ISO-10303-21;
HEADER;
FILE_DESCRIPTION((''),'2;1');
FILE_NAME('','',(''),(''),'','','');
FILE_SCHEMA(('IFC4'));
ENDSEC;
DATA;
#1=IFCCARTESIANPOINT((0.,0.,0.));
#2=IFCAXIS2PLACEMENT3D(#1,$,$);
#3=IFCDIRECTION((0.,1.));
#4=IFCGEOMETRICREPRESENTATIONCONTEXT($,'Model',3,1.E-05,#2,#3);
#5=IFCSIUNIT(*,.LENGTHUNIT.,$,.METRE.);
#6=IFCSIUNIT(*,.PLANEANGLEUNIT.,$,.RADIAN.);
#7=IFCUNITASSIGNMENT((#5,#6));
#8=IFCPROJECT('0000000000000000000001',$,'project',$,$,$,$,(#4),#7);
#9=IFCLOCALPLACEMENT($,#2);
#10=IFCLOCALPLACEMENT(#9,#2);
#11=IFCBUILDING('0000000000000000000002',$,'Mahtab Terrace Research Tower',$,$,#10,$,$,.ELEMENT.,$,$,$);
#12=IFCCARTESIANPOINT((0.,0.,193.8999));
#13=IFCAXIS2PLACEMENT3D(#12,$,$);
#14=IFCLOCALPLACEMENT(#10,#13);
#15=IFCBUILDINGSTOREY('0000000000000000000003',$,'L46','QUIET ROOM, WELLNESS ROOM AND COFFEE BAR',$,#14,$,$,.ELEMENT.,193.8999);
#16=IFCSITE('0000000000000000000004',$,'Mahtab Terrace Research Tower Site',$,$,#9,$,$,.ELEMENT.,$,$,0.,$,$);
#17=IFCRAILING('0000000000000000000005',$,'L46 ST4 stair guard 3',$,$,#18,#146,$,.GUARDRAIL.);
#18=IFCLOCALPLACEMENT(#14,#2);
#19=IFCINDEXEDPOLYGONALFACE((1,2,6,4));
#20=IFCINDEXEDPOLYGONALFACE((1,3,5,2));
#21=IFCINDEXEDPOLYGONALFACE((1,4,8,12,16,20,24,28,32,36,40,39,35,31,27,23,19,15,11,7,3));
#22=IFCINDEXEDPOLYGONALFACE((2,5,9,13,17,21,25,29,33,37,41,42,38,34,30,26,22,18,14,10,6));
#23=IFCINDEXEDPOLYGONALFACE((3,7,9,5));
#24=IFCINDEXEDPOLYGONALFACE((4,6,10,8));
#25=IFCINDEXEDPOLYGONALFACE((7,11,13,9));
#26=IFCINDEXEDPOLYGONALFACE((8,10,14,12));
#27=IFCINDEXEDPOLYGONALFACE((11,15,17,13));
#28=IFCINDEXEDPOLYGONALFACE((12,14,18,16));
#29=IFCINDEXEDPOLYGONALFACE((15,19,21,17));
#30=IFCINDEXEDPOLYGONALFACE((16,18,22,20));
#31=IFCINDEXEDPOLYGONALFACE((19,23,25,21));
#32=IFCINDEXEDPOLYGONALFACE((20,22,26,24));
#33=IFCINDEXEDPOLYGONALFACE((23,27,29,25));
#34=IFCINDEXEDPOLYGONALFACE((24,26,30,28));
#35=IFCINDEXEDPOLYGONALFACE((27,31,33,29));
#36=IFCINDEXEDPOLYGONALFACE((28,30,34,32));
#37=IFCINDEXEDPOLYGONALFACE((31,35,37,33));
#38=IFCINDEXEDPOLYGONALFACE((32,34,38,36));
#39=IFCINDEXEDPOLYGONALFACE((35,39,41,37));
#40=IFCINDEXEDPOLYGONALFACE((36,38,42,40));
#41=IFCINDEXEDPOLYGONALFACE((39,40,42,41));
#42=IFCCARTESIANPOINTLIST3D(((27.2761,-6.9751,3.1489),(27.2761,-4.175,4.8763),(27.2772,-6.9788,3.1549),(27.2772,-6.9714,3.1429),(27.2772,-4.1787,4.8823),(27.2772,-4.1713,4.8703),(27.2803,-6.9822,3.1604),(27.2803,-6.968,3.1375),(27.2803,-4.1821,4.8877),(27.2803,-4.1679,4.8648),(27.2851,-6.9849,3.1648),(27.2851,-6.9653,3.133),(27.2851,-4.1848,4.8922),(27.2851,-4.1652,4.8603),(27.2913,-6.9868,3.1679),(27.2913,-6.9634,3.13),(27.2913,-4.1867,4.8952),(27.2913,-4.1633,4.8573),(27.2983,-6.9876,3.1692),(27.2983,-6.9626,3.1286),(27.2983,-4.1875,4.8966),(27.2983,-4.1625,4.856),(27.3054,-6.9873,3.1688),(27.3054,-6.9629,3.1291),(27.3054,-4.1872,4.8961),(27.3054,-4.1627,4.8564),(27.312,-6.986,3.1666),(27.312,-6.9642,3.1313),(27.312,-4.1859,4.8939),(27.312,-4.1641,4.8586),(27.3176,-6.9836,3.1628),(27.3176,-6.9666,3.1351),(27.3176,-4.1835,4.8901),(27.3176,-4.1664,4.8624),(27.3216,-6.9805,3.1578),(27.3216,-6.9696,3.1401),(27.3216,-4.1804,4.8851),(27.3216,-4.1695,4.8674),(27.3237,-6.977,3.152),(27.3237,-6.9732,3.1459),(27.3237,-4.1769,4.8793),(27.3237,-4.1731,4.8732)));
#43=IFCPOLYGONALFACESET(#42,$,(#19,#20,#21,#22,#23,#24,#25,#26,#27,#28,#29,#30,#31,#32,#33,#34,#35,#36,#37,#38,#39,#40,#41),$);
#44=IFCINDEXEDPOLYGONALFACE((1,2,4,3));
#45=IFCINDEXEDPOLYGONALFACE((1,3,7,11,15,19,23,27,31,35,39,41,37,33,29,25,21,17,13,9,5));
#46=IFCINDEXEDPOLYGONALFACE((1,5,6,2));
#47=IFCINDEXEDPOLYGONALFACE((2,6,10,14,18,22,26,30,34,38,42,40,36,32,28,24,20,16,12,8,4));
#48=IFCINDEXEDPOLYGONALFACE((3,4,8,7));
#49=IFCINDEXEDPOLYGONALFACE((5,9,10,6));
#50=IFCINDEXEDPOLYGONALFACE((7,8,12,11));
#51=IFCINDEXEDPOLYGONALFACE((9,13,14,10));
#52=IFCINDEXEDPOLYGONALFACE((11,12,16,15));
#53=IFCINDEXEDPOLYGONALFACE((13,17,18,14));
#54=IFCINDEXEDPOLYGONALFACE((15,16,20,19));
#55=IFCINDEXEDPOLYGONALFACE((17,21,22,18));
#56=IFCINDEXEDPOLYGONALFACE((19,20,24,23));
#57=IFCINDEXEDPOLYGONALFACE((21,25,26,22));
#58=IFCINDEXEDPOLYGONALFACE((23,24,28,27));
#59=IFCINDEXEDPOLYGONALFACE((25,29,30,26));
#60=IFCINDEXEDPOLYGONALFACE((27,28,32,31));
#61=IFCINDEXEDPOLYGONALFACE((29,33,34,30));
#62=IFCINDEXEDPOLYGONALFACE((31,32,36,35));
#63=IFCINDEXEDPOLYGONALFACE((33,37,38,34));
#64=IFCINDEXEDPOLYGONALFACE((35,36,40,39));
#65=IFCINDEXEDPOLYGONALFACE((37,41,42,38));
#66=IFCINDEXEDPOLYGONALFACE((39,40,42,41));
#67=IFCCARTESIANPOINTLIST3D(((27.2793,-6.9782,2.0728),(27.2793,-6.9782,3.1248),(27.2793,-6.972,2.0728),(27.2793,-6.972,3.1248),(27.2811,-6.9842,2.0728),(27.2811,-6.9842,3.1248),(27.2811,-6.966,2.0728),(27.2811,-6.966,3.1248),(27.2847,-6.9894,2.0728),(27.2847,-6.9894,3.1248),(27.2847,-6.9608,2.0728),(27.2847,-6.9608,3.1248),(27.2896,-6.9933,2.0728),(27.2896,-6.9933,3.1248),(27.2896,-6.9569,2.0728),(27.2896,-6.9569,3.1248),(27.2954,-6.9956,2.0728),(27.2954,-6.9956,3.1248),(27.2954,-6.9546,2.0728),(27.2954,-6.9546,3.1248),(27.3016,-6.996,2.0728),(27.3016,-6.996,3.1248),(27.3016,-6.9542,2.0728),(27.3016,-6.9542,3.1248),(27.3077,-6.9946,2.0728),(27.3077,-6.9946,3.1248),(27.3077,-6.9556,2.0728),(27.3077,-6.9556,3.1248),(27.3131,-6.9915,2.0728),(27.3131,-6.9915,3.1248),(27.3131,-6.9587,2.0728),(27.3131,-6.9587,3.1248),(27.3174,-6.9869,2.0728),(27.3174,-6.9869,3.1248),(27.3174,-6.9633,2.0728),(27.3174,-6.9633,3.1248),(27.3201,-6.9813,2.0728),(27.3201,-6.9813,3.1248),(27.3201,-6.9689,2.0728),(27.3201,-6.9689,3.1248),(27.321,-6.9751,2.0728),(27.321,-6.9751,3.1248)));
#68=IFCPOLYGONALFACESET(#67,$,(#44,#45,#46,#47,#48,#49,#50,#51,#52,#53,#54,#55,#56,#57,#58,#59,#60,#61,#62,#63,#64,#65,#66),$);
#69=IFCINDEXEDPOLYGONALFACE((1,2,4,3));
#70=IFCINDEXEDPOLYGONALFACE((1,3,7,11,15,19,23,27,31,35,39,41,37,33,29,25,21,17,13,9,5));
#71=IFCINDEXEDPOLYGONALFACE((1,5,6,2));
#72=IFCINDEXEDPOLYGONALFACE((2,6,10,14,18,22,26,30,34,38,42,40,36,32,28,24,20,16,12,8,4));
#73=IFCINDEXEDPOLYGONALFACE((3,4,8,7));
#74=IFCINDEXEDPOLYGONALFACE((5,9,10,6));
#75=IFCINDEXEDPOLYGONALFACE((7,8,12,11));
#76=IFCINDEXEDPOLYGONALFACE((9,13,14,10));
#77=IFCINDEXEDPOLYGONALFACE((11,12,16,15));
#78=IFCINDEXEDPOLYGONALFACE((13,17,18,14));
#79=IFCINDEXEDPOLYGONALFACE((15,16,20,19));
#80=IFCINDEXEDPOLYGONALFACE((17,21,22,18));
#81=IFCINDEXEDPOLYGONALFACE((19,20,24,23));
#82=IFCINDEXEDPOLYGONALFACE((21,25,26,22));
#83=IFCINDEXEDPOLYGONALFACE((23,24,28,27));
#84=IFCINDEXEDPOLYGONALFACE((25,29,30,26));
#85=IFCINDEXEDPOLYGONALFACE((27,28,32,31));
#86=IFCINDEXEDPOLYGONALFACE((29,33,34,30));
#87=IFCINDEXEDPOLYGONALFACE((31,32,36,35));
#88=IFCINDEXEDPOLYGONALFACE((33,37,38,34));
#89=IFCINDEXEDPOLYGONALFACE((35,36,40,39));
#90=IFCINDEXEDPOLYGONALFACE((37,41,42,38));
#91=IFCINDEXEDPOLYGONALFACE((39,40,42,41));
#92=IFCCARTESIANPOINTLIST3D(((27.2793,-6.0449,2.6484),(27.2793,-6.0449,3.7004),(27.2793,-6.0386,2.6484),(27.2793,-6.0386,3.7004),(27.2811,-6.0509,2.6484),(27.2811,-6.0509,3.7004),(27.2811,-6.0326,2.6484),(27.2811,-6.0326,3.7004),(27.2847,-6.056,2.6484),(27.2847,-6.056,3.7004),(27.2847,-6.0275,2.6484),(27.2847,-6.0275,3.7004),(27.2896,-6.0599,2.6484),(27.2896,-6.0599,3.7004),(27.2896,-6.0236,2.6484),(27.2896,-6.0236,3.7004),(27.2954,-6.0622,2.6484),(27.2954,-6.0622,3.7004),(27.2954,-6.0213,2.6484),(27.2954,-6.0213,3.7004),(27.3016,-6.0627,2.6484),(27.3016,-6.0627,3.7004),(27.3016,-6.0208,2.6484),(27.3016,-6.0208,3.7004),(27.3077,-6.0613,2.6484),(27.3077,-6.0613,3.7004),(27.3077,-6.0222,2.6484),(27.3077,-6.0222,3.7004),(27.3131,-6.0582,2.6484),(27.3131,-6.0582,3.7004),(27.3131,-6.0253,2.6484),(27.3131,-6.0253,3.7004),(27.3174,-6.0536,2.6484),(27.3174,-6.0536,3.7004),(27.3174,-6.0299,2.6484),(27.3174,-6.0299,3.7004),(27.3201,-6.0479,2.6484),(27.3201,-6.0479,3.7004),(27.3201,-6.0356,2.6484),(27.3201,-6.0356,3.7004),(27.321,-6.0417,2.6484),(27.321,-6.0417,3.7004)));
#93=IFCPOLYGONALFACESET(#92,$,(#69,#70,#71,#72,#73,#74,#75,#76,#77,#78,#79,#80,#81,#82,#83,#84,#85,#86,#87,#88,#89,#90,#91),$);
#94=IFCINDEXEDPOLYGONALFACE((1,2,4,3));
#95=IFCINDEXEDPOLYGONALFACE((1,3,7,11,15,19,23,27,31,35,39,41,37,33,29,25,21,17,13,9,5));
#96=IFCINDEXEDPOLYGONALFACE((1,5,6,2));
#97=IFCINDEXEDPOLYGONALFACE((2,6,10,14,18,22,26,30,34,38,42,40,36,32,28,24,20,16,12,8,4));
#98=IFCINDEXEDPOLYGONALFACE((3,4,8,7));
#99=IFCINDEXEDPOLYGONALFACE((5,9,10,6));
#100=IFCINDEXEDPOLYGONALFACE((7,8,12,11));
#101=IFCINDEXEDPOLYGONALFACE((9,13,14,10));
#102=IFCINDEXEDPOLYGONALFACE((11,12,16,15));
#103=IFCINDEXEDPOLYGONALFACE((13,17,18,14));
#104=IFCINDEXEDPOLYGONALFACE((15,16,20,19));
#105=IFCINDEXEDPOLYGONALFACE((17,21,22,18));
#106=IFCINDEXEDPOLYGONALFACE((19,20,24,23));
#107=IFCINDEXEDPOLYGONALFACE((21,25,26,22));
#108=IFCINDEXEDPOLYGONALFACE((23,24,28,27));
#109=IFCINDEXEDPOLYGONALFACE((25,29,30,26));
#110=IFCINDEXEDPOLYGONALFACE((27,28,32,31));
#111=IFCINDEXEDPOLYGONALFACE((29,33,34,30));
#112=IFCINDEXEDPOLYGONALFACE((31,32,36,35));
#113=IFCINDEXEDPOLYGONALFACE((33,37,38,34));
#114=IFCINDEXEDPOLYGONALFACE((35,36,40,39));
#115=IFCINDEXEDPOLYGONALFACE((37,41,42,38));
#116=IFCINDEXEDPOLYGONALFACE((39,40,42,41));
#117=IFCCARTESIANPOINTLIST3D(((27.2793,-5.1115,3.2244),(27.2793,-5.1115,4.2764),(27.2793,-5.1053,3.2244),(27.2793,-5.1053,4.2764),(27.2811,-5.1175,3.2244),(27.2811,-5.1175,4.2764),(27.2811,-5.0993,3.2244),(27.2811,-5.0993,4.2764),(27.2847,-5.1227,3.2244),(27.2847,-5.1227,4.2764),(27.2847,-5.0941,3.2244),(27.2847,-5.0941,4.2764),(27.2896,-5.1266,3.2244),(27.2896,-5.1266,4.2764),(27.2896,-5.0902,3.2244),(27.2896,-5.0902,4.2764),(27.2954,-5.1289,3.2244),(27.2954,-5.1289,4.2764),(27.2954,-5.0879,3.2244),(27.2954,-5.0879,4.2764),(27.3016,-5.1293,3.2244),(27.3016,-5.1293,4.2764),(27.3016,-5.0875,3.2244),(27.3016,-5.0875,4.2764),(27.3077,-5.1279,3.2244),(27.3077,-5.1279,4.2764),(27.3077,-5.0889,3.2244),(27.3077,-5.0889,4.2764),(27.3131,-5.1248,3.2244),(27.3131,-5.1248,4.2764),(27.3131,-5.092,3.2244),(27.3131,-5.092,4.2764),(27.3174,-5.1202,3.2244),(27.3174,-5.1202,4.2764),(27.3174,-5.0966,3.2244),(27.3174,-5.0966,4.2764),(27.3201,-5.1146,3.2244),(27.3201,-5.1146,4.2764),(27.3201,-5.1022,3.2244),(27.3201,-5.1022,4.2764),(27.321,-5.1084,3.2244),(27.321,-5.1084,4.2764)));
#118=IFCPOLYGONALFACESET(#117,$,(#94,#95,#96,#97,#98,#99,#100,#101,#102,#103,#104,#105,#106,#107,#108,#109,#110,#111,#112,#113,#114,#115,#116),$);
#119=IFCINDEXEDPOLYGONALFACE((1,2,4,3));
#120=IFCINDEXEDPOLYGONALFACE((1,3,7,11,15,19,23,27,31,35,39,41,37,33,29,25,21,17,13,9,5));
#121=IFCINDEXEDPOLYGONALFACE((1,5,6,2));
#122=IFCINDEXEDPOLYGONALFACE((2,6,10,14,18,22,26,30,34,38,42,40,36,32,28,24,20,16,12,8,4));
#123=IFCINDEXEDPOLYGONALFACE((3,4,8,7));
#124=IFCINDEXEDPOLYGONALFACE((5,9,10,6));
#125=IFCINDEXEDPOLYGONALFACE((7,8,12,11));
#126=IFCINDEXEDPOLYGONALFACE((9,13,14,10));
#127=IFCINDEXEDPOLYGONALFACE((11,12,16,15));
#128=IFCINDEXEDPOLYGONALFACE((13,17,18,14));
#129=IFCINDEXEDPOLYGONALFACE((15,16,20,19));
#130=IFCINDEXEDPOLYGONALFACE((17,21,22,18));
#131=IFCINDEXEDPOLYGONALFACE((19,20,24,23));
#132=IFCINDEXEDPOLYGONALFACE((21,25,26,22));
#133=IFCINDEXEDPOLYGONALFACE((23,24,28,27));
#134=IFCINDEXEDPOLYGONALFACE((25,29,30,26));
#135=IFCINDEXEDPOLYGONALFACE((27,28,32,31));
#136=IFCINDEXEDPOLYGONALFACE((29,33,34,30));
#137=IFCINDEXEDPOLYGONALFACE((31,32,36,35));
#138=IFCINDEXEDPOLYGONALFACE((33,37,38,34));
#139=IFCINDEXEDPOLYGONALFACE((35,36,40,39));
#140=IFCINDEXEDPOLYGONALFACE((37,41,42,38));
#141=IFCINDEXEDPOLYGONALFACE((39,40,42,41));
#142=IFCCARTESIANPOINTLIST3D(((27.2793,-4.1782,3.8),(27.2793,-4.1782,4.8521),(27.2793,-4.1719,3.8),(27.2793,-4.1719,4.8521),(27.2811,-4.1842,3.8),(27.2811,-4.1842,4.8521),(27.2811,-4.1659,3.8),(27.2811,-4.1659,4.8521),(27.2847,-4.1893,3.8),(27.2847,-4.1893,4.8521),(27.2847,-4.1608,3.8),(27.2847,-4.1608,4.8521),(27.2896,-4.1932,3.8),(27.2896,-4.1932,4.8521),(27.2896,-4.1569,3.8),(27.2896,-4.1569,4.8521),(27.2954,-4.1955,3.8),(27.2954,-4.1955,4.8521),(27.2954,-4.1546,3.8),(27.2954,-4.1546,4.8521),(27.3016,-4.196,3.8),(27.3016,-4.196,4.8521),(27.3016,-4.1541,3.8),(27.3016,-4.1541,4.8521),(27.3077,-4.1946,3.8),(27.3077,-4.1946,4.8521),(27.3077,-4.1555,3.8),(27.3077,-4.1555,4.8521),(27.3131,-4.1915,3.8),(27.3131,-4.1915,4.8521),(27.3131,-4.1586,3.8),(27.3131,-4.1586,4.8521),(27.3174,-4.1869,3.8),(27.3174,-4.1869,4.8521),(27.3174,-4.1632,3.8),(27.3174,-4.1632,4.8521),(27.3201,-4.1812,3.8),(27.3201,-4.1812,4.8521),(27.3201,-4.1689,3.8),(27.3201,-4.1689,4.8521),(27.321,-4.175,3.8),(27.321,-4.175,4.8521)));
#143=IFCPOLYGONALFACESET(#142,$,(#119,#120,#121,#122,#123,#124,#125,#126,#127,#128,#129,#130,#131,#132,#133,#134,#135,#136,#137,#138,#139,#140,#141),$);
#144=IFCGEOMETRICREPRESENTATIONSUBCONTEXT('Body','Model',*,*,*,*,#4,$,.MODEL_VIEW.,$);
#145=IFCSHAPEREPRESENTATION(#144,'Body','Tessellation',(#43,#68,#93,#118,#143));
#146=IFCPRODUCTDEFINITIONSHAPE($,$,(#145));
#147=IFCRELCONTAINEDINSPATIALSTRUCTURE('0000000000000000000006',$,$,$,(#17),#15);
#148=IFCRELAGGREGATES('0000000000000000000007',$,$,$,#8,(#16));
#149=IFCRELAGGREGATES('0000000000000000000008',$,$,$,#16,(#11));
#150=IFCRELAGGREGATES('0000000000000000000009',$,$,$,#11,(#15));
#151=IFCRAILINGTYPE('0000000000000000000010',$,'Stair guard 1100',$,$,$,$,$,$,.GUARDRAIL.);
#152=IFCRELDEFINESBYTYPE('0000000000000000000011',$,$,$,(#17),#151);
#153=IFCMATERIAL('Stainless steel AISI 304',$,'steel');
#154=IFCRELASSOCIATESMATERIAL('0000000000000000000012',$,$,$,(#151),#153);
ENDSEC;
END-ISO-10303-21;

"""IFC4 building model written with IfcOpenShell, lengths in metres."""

from ifc_helpers import new_model, si_unit, direction, frame, origin, origin_2d, place, context, subcontext, project, spatial, circle, extrude, material, type_object, element, save


model = new_model("IFC4")

# Units and contexts
model_context = context("Model", 3, precision=1e-05, world=origin(), true_north=direction((0.0, 1.0)))
body_context = subcontext(model_context, "Body", "Model", "MODEL_VIEW")
ifc_project = project(units=[si_unit("LENGTHUNIT", "METRE"), si_unit("PLANEANGLEUNIT", "RADIAN")], contexts=[model_context])

# Site, building, storey
site_placement = place(None, origin())
site = spatial("IfcSite", under=ifc_project, at=site_placement, Name="Mahtab Terrace Research Tower Site", CompositionType="ELEMENT", RefElevation=0.0)
building_placement = place(site_placement, origin())
building = spatial("IfcBuilding", under=site, at=building_placement, Name="Mahtab Terrace Research Tower", CompositionType="ELEMENT")
storey_placement = place(building_placement, frame((0.0, 0.0, 193.8999)))
storey = spatial("IfcBuildingStorey", under=building, at=storey_placement, Name="L46", Description="QUIET ROOM, WELLNESS ROOM AND COFFEE BAR", CompositionType="ELEMENT", Elevation=193.8999)

# Railing
ifc_material_1 = material(Name="Stainless steel AISI 304", Category="steel")
railing_type_1 = type_object("IfcRailingType", Name="Stair guard 1100", PredefinedType="GUARDRAIL", material=ifc_material_1)
railing_1_placement = place(storey_placement, frame((27.3, -6.9751, 2.0728)))
element("IfcRailing", 1, at=railing_1_placement, inside=storey, type_object=railing_type_1, Name="L46 ST4 stair guard 3", PredefinedType="GUARDRAIL", context=body_context, shape_type="SweptSolid", body=[
    extrude(circle(Radius=0.0239, at=origin_2d()), frame((0.0, 0.0, 1.0762), z_axis=(0.0, 0.85109, 0.52502), x_axis=(-1.0, 0.0, 0.0)), (0.0, 0.0, 1.0), 3.29),
    extrude(circle(Radius=0.021, at=origin_2d()), origin(), (0.0, 0.0, 1.0), 1.052),
    extrude(circle(Radius=0.021, at=origin_2d()), frame((0.0, 0.9333, 0.5757)), (0.0, 0.0, 1.0), 1.052),
    extrude(circle(Radius=0.021, at=origin_2d()), frame((0.0, 1.8667, 1.1516)), (0.0, 0.0, 1.0), 1.052),
    extrude(circle(Radius=0.021, at=origin_2d()), frame((0.0, 2.8, 1.7273)), (0.0, 0.0, 1.0), 1.052),
])

save(model, "model.ifc")
